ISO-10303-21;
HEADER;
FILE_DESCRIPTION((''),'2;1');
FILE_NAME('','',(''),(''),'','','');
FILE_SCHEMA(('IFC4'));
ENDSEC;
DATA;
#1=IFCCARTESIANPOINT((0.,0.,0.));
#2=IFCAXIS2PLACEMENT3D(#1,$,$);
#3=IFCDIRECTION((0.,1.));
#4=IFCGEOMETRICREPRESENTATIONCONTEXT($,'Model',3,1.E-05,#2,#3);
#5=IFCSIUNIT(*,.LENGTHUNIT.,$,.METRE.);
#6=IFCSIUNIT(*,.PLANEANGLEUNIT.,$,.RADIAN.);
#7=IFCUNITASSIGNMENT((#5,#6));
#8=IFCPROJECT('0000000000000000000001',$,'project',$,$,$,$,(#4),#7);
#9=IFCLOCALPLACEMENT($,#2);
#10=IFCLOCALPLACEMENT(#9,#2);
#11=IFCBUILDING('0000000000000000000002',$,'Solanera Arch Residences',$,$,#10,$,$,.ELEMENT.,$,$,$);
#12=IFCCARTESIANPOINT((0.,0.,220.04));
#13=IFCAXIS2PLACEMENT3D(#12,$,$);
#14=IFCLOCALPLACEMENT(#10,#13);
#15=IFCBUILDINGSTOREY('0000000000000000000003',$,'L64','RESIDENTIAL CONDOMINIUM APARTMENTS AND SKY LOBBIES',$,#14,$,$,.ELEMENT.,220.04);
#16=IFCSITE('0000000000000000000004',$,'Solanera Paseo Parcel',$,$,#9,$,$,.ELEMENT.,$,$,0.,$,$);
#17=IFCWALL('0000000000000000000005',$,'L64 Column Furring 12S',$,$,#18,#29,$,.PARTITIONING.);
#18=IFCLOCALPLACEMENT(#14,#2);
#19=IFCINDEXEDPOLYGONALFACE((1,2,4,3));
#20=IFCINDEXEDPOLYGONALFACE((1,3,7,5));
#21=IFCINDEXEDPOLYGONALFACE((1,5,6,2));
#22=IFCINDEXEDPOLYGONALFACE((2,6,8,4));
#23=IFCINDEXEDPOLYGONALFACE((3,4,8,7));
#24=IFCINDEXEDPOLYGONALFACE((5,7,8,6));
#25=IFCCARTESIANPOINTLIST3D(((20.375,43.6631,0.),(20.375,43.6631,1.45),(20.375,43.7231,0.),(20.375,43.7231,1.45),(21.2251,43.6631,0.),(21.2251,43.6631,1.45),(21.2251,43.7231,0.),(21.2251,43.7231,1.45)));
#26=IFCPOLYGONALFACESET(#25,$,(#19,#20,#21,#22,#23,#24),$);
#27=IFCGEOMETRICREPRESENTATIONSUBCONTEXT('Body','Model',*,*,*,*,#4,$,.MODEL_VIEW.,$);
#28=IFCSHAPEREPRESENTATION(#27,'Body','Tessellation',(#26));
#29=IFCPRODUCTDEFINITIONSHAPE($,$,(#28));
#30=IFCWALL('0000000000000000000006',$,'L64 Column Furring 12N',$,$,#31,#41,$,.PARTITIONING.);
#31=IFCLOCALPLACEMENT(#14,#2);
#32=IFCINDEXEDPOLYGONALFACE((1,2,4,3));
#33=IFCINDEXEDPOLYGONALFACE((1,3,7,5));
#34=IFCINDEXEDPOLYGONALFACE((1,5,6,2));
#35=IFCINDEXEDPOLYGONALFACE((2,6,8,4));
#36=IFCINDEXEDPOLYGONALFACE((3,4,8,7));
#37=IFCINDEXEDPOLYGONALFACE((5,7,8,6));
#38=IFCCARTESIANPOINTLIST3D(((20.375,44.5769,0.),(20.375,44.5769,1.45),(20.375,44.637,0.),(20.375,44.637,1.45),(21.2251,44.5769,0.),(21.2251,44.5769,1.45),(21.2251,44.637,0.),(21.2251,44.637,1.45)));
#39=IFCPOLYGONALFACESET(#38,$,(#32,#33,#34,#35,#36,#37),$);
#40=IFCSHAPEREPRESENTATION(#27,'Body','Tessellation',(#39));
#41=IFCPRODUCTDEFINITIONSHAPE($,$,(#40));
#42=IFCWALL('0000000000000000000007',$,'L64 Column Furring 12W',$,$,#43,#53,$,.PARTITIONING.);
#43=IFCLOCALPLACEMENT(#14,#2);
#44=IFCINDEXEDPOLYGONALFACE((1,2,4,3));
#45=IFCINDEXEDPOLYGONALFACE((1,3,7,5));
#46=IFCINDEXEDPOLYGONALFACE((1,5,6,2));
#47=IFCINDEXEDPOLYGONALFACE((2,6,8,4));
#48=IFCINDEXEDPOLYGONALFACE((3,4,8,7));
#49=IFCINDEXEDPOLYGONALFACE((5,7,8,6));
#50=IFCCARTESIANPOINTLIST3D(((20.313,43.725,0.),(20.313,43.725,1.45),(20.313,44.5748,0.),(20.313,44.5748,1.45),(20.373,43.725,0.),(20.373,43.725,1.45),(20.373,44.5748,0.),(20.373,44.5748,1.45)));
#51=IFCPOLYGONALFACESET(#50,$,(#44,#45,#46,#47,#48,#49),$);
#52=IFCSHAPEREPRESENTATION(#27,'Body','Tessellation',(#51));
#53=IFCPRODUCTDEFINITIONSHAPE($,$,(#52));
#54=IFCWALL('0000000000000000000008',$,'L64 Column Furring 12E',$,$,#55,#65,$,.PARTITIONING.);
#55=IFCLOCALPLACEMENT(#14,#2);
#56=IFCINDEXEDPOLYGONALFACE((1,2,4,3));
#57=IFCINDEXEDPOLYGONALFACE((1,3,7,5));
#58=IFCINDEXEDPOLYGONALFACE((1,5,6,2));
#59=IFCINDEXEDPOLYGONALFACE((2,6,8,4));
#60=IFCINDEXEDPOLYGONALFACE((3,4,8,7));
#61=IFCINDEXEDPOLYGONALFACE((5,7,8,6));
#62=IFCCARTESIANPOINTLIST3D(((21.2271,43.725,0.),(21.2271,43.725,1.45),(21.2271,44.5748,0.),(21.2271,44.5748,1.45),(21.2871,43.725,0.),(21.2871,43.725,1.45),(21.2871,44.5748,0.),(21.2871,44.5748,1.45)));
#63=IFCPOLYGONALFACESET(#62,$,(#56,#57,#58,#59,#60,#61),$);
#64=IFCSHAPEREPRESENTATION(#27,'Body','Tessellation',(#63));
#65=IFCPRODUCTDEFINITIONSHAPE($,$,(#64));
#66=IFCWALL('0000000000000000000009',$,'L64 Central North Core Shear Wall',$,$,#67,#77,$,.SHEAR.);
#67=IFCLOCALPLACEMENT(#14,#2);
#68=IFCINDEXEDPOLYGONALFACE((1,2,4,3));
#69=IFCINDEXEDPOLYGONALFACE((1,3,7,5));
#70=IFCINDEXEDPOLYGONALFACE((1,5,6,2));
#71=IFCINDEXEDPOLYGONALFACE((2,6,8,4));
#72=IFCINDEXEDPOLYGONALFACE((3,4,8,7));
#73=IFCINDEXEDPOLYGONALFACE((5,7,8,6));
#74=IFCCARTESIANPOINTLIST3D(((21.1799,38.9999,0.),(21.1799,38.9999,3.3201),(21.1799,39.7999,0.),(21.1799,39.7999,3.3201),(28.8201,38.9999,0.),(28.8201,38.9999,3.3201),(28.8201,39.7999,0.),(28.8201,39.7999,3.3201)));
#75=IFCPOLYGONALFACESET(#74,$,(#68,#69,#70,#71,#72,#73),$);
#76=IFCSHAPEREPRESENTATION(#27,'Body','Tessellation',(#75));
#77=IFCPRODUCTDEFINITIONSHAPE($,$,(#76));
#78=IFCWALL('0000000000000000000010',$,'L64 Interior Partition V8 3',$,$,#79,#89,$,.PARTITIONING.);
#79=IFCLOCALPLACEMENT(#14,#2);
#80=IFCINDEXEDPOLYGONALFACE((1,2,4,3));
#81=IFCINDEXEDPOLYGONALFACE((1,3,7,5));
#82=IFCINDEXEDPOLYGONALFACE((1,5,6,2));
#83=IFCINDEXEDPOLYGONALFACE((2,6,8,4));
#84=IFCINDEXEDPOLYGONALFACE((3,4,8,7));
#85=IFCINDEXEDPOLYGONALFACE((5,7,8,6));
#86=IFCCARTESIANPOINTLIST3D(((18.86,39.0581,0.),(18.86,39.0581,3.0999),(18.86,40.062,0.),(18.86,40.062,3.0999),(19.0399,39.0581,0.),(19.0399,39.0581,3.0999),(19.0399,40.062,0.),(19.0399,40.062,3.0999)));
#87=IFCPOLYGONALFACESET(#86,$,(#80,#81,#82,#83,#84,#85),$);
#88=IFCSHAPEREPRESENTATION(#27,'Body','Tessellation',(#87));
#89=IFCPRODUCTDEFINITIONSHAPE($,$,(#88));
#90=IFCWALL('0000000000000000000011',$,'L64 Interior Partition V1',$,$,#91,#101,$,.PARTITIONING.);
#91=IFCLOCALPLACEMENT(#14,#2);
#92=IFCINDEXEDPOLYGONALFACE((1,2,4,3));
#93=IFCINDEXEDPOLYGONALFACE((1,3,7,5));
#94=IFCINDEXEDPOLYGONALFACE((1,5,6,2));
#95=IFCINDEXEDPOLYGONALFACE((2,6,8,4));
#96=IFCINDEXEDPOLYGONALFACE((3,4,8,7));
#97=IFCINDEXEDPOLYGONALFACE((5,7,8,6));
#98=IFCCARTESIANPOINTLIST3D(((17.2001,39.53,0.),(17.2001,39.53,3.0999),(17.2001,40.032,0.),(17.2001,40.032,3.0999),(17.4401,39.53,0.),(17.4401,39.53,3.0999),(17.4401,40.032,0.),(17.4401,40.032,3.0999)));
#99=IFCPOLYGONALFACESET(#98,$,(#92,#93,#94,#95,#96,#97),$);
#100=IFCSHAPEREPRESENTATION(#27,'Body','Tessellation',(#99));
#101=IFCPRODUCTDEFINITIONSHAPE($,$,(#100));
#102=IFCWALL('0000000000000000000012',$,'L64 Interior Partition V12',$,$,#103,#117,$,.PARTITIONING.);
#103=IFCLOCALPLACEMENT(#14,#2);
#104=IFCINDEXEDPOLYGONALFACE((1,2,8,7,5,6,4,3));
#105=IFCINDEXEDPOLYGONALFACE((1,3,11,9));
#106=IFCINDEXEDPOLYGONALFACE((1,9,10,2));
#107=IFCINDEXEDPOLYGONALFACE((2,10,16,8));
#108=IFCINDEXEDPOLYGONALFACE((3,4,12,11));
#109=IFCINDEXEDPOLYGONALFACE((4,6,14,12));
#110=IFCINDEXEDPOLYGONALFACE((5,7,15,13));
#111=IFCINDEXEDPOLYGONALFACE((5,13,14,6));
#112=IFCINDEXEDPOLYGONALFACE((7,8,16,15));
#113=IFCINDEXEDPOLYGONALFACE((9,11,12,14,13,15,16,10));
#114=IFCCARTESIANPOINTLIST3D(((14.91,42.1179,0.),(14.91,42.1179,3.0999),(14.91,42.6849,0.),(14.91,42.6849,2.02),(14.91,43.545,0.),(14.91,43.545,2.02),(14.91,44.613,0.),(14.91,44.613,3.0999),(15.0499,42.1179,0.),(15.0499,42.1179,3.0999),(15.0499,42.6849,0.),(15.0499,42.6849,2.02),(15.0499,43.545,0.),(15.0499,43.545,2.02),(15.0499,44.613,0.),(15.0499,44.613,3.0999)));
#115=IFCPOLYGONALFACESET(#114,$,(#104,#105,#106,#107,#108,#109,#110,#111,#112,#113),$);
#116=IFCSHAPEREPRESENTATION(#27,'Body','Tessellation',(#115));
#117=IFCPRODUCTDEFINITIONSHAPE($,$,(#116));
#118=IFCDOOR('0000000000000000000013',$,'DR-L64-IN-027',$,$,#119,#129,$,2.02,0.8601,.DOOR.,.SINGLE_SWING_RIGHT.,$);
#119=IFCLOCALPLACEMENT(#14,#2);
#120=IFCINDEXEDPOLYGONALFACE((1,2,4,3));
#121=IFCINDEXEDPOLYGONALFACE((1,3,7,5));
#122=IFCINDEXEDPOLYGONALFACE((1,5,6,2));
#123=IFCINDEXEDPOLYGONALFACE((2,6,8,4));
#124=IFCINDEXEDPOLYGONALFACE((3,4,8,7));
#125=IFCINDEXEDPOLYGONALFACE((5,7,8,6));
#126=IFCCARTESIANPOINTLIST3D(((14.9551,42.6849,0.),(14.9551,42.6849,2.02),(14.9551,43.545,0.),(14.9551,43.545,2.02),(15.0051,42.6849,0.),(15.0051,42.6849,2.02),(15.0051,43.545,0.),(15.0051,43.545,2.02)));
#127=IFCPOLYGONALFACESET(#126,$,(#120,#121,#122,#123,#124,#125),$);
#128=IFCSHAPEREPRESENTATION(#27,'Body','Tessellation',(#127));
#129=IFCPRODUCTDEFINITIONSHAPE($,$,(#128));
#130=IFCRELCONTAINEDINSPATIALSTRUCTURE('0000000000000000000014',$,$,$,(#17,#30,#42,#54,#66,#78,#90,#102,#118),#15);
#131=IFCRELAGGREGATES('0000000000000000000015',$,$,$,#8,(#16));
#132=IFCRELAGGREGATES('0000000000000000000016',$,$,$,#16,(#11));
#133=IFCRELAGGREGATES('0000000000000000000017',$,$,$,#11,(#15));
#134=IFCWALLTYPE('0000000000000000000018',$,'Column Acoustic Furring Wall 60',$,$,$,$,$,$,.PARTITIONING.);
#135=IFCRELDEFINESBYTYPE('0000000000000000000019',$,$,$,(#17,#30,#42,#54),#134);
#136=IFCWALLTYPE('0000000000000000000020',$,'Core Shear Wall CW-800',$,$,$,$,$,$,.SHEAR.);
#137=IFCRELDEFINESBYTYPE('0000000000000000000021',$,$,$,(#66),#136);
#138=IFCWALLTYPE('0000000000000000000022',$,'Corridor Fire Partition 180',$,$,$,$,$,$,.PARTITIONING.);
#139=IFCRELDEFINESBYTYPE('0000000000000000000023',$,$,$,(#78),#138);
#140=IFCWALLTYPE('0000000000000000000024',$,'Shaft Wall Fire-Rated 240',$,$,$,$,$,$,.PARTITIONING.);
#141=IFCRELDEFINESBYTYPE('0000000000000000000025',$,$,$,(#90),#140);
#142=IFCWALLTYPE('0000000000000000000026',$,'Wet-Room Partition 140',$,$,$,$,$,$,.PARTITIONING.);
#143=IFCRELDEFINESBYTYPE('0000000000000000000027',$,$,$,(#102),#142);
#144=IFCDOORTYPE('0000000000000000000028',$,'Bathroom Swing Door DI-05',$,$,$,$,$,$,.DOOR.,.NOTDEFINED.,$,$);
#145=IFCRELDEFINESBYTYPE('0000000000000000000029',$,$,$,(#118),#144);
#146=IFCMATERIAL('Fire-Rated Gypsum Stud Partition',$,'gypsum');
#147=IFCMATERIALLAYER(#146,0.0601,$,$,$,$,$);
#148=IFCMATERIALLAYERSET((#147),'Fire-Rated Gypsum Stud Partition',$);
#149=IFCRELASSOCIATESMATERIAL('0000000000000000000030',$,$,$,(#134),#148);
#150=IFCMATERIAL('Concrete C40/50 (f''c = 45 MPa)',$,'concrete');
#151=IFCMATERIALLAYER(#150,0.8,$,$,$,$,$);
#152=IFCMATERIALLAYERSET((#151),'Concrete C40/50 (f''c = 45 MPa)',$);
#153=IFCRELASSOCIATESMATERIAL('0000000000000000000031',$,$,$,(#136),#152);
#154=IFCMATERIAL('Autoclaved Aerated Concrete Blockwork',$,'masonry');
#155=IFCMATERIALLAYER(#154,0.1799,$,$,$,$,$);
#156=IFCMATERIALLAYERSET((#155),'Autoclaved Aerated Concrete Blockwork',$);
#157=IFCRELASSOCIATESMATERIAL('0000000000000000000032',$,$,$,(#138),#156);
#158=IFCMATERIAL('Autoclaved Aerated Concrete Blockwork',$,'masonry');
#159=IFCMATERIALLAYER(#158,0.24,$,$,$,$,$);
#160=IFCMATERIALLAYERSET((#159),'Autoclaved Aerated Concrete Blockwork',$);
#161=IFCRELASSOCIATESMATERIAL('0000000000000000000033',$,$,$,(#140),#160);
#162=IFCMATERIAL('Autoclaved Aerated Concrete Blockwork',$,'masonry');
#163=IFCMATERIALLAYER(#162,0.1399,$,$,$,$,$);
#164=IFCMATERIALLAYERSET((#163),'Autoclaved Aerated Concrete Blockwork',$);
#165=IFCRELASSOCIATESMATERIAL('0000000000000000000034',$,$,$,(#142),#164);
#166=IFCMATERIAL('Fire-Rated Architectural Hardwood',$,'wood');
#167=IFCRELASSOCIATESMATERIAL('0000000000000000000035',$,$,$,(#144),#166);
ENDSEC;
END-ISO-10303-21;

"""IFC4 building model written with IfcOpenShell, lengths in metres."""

from ifc_helpers import new_model, si_unit, direction, frame, frame_2d, origin, place, context, subcontext, project, spatial, rectangle, extrude, material, layer, layer_set, type_object, element, fill, save


model = new_model("IFC4")

# Units and contexts
model_context = context("Model", 3, precision=1e-05, world=origin(), true_north=direction((0.0, 1.0)))
body_context = subcontext(model_context, "Body", "Model", "MODEL_VIEW")
ifc_project = project(units=[si_unit("LENGTHUNIT", "METRE"), si_unit("PLANEANGLEUNIT", "RADIAN")], contexts=[model_context])

# Site, building, storey
site_placement = place(None, origin())
site = spatial("IfcSite", under=ifc_project, at=site_placement, Name="Solanera Paseo Parcel", CompositionType="ELEMENT", RefElevation=0.0)
building_placement = place(site_placement, origin())
building = spatial("IfcBuilding", under=site, at=building_placement, Name="Solanera Arch Residences", CompositionType="ELEMENT")
storey_placement = place(building_placement, frame((0.0, 0.0, 220.04)))
storey = spatial("IfcBuildingStorey", under=building, at=storey_placement, Name="L64", Description="RESIDENTIAL CONDOMINIUM APARTMENTS AND SKY LOBBIES", CompositionType="ELEMENT", Elevation=220.04)

# Walls
ifc_material_1 = material(Name="Fire-Rated Gypsum Stud Partition", Category="gypsum")
ifc_layer_1 = layer(ifc_material_1, 0.0601)
ifc_layer_set_1 = layer_set([ifc_layer_1], Name="Fire-Rated Gypsum Stud Partition")
wall_type_1 = type_object("IfcWallType", Name="Column Acoustic Furring Wall 60", PredefinedType="PARTITIONING", material=ifc_layer_set_1)
for number, where, z_axis, x_axis, name in (
    (1, (20.375, 43.6931, 0.0), (0.0, 0.0, 1.0), (1.0, 0.0, 0.0), "L64 Column Furring 12S"),
    (2, (20.375, 44.6069, 0.0), (0.0, 0.0, 1.0), (1.0, 0.0, 0.0), "L64 Column Furring 12N"),
):
    element("IfcWall", number, at=place(storey_placement, frame(where, z_axis=z_axis, x_axis=x_axis)), inside=storey, type_object=wall_type_1, Name=name, PredefinedType="PARTITIONING", context=body_context, shape_type="SweptSolid", body=[
        extrude(rectangle(XDim=0.8501, YDim=0.0601, at=frame_2d((0.425, 0.0))), origin(), (0.0, 0.0, 1.0), 1.45),
    ])
for number, where, z_axis, x_axis, name in (
    (3, (20.343, 43.7251, 0.0), (0.0, 0.0, 1.0), (0.0, 1.0, 0.0), "L64 Column Furring 12W"),
    (4, (21.2571, 43.7251, 0.0), (0.0, 0.0, 1.0), (0.0, 1.0, 0.0), "L64 Column Furring 12E"),
):
    element("IfcWall", number, at=place(storey_placement, frame(where, z_axis=z_axis, x_axis=x_axis)), inside=storey, type_object=wall_type_1, Name=name, PredefinedType="PARTITIONING", context=body_context, shape_type="SweptSolid", body=[
        extrude(rectangle(XDim=0.8499, YDim=0.0601, at=frame_2d((0.4248, 0.0))), origin(), (0.0, 0.0, 1.0), 1.45),
    ])
ifc_material_2 = material(Name="Concrete C40/50 (f'c = 45 MPa)", Category="concrete")
ifc_layer_2 = layer(ifc_material_2, 0.8)
ifc_layer_set_2 = layer_set([ifc_layer_2], Name="Concrete C40/50 (f'c = 45 MPa)")
wall_type_2 = type_object("IfcWallType", Name="Core Shear Wall CW-800", PredefinedType="SHEAR", material=ifc_layer_set_2)
wall_1_placement = place(storey_placement, frame((21.1799, 39.3999, 0.0), z_axis=(0.0, 0.0, 1.0), x_axis=(1.0, 0.0, 0.0)))
element("IfcWall", 5, at=wall_1_placement, inside=storey, type_object=wall_type_2, Name="L64 Central North Core Shear Wall", PredefinedType="SHEAR", context=body_context, shape_type="SweptSolid", body=[
    extrude(rectangle(XDim=7.6401, YDim=0.8, at=frame_2d((3.8201, 0.0))), origin(), (0.0, 0.0, 1.0), 3.3201),
])
ifc_material_3 = material(Name="Autoclaved Aerated Concrete Blockwork", Category="masonry")
ifc_layer_3 = layer(ifc_material_3, 0.1799)
ifc_layer_set_3 = layer_set([ifc_layer_3], Name="Autoclaved Aerated Concrete Blockwork")
wall_type_3 = type_object("IfcWallType", Name="Corridor Fire Partition 180", PredefinedType="PARTITIONING", material=ifc_layer_set_3)
wall_2_placement = place(storey_placement, frame((18.95, 39.0581, 0.0), z_axis=(0.0, 0.0, 1.0), x_axis=(0.0, 1.0, 0.0)))
element("IfcWall", 6, at=wall_2_placement, inside=storey, type_object=wall_type_3, Name="L64 Interior Partition V8 3", PredefinedType="PARTITIONING", context=body_context, shape_type="SweptSolid", body=[
    extrude(rectangle(XDim=1.0039, YDim=0.1799, at=frame_2d((0.502, 0.0))), origin(), (0.0, 0.0, 1.0), 3.0999),
])
ifc_material_4 = material(Name="Autoclaved Aerated Concrete Blockwork", Category="masonry")
ifc_layer_4 = layer(ifc_material_4, 0.24)
ifc_layer_set_4 = layer_set([ifc_layer_4], Name="Autoclaved Aerated Concrete Blockwork")
wall_type_4 = type_object("IfcWallType", Name="Shaft Wall Fire-Rated 240", PredefinedType="PARTITIONING", material=ifc_layer_set_4)
wall_3_placement = place(storey_placement, frame((17.3201, 39.53, 0.0), z_axis=(0.0, 0.0, 1.0), x_axis=(0.0, 1.0, 0.0)))
element("IfcWall", 7, at=wall_3_placement, inside=storey, type_object=wall_type_4, Name="L64 Interior Partition V1", PredefinedType="PARTITIONING", context=body_context, shape_type="SweptSolid", body=[
    extrude(rectangle(XDim=0.502, YDim=0.24, at=frame_2d((0.251, 0.0))), origin(), (0.0, 0.0, 1.0), 3.0999),
])

# Wall, opening, door
ifc_material_5 = material(Name="Autoclaved Aerated Concrete Blockwork", Category="masonry")
ifc_layer_5 = layer(ifc_material_5, 0.1399)
ifc_layer_set_5 = layer_set([ifc_layer_5], Name="Autoclaved Aerated Concrete Blockwork")
wall_type_5 = type_object("IfcWallType", Name="Wet-Room Partition 140", PredefinedType="PARTITIONING", material=ifc_layer_set_5)
wall_4_placement = place(storey_placement, frame((14.98, 42.1179, 0.0), z_axis=(0.0, 0.0, 1.0), x_axis=(0.0, 1.0, 0.0)))
wall_4 = element("IfcWall", 8, at=wall_4_placement, inside=storey, type_object=wall_type_5, Name="L64 Interior Partition V12", PredefinedType="PARTITIONING", context=body_context, shape_type="SweptSolid", body=[
    extrude(rectangle(XDim=2.4951, YDim=0.1399, at=frame_2d((1.2476, 0.0))), origin(), (0.0, 0.0, 1.0), 3.0999),
])
opening_placement = place(wall_4_placement, frame((0.5669, 0.0, 0.0)))
opening = element("IfcOpeningElement", 9, at=opening_placement, cuts=wall_4, PredefinedType="OPENING", context=body_context, shape_type="SweptSolid", body=[
    extrude(rectangle(XDim=0.8601, YDim=2.02, at=frame_2d((0.4302, 1.01))), frame((0.0, 0.0798, 0.0), z_axis=(0.0, -1.0, 0.0), x_axis=(1.0, 0.0, 0.0)), (0.0, 0.0, 1.0), 0.1599),
])
ifc_material_6 = material(Name="Fire-Rated Architectural Hardwood", Category="wood")
door_type = type_object("IfcDoorType", Name="Bathroom Swing Door DI-05", OperationType="NOTDEFINED", PredefinedType="DOOR", material=ifc_material_6)
door_placement = place(opening_placement, origin())
door = element("IfcDoor", 10, at=door_placement, inside=storey, type_object=door_type, Name="DR-L64-IN-027", OperationType="SINGLE_SWING_RIGHT", OverallHeight=2.02, OverallWidth=0.8601, PredefinedType="DOOR", context=body_context, shape_type="SweptSolid", body=[
    extrude(rectangle(XDim=0.8601, YDim=2.02, at=frame_2d((0.4302, 1.01))), frame((0.0, 0.0249, 0.0), z_axis=(0.0, -1.0, 0.0), x_axis=(1.0, 0.0, 0.0)), (0.0, 0.0, 1.0), 0.05),
])
fill(opening, door)

save(model, "model.ifc")
